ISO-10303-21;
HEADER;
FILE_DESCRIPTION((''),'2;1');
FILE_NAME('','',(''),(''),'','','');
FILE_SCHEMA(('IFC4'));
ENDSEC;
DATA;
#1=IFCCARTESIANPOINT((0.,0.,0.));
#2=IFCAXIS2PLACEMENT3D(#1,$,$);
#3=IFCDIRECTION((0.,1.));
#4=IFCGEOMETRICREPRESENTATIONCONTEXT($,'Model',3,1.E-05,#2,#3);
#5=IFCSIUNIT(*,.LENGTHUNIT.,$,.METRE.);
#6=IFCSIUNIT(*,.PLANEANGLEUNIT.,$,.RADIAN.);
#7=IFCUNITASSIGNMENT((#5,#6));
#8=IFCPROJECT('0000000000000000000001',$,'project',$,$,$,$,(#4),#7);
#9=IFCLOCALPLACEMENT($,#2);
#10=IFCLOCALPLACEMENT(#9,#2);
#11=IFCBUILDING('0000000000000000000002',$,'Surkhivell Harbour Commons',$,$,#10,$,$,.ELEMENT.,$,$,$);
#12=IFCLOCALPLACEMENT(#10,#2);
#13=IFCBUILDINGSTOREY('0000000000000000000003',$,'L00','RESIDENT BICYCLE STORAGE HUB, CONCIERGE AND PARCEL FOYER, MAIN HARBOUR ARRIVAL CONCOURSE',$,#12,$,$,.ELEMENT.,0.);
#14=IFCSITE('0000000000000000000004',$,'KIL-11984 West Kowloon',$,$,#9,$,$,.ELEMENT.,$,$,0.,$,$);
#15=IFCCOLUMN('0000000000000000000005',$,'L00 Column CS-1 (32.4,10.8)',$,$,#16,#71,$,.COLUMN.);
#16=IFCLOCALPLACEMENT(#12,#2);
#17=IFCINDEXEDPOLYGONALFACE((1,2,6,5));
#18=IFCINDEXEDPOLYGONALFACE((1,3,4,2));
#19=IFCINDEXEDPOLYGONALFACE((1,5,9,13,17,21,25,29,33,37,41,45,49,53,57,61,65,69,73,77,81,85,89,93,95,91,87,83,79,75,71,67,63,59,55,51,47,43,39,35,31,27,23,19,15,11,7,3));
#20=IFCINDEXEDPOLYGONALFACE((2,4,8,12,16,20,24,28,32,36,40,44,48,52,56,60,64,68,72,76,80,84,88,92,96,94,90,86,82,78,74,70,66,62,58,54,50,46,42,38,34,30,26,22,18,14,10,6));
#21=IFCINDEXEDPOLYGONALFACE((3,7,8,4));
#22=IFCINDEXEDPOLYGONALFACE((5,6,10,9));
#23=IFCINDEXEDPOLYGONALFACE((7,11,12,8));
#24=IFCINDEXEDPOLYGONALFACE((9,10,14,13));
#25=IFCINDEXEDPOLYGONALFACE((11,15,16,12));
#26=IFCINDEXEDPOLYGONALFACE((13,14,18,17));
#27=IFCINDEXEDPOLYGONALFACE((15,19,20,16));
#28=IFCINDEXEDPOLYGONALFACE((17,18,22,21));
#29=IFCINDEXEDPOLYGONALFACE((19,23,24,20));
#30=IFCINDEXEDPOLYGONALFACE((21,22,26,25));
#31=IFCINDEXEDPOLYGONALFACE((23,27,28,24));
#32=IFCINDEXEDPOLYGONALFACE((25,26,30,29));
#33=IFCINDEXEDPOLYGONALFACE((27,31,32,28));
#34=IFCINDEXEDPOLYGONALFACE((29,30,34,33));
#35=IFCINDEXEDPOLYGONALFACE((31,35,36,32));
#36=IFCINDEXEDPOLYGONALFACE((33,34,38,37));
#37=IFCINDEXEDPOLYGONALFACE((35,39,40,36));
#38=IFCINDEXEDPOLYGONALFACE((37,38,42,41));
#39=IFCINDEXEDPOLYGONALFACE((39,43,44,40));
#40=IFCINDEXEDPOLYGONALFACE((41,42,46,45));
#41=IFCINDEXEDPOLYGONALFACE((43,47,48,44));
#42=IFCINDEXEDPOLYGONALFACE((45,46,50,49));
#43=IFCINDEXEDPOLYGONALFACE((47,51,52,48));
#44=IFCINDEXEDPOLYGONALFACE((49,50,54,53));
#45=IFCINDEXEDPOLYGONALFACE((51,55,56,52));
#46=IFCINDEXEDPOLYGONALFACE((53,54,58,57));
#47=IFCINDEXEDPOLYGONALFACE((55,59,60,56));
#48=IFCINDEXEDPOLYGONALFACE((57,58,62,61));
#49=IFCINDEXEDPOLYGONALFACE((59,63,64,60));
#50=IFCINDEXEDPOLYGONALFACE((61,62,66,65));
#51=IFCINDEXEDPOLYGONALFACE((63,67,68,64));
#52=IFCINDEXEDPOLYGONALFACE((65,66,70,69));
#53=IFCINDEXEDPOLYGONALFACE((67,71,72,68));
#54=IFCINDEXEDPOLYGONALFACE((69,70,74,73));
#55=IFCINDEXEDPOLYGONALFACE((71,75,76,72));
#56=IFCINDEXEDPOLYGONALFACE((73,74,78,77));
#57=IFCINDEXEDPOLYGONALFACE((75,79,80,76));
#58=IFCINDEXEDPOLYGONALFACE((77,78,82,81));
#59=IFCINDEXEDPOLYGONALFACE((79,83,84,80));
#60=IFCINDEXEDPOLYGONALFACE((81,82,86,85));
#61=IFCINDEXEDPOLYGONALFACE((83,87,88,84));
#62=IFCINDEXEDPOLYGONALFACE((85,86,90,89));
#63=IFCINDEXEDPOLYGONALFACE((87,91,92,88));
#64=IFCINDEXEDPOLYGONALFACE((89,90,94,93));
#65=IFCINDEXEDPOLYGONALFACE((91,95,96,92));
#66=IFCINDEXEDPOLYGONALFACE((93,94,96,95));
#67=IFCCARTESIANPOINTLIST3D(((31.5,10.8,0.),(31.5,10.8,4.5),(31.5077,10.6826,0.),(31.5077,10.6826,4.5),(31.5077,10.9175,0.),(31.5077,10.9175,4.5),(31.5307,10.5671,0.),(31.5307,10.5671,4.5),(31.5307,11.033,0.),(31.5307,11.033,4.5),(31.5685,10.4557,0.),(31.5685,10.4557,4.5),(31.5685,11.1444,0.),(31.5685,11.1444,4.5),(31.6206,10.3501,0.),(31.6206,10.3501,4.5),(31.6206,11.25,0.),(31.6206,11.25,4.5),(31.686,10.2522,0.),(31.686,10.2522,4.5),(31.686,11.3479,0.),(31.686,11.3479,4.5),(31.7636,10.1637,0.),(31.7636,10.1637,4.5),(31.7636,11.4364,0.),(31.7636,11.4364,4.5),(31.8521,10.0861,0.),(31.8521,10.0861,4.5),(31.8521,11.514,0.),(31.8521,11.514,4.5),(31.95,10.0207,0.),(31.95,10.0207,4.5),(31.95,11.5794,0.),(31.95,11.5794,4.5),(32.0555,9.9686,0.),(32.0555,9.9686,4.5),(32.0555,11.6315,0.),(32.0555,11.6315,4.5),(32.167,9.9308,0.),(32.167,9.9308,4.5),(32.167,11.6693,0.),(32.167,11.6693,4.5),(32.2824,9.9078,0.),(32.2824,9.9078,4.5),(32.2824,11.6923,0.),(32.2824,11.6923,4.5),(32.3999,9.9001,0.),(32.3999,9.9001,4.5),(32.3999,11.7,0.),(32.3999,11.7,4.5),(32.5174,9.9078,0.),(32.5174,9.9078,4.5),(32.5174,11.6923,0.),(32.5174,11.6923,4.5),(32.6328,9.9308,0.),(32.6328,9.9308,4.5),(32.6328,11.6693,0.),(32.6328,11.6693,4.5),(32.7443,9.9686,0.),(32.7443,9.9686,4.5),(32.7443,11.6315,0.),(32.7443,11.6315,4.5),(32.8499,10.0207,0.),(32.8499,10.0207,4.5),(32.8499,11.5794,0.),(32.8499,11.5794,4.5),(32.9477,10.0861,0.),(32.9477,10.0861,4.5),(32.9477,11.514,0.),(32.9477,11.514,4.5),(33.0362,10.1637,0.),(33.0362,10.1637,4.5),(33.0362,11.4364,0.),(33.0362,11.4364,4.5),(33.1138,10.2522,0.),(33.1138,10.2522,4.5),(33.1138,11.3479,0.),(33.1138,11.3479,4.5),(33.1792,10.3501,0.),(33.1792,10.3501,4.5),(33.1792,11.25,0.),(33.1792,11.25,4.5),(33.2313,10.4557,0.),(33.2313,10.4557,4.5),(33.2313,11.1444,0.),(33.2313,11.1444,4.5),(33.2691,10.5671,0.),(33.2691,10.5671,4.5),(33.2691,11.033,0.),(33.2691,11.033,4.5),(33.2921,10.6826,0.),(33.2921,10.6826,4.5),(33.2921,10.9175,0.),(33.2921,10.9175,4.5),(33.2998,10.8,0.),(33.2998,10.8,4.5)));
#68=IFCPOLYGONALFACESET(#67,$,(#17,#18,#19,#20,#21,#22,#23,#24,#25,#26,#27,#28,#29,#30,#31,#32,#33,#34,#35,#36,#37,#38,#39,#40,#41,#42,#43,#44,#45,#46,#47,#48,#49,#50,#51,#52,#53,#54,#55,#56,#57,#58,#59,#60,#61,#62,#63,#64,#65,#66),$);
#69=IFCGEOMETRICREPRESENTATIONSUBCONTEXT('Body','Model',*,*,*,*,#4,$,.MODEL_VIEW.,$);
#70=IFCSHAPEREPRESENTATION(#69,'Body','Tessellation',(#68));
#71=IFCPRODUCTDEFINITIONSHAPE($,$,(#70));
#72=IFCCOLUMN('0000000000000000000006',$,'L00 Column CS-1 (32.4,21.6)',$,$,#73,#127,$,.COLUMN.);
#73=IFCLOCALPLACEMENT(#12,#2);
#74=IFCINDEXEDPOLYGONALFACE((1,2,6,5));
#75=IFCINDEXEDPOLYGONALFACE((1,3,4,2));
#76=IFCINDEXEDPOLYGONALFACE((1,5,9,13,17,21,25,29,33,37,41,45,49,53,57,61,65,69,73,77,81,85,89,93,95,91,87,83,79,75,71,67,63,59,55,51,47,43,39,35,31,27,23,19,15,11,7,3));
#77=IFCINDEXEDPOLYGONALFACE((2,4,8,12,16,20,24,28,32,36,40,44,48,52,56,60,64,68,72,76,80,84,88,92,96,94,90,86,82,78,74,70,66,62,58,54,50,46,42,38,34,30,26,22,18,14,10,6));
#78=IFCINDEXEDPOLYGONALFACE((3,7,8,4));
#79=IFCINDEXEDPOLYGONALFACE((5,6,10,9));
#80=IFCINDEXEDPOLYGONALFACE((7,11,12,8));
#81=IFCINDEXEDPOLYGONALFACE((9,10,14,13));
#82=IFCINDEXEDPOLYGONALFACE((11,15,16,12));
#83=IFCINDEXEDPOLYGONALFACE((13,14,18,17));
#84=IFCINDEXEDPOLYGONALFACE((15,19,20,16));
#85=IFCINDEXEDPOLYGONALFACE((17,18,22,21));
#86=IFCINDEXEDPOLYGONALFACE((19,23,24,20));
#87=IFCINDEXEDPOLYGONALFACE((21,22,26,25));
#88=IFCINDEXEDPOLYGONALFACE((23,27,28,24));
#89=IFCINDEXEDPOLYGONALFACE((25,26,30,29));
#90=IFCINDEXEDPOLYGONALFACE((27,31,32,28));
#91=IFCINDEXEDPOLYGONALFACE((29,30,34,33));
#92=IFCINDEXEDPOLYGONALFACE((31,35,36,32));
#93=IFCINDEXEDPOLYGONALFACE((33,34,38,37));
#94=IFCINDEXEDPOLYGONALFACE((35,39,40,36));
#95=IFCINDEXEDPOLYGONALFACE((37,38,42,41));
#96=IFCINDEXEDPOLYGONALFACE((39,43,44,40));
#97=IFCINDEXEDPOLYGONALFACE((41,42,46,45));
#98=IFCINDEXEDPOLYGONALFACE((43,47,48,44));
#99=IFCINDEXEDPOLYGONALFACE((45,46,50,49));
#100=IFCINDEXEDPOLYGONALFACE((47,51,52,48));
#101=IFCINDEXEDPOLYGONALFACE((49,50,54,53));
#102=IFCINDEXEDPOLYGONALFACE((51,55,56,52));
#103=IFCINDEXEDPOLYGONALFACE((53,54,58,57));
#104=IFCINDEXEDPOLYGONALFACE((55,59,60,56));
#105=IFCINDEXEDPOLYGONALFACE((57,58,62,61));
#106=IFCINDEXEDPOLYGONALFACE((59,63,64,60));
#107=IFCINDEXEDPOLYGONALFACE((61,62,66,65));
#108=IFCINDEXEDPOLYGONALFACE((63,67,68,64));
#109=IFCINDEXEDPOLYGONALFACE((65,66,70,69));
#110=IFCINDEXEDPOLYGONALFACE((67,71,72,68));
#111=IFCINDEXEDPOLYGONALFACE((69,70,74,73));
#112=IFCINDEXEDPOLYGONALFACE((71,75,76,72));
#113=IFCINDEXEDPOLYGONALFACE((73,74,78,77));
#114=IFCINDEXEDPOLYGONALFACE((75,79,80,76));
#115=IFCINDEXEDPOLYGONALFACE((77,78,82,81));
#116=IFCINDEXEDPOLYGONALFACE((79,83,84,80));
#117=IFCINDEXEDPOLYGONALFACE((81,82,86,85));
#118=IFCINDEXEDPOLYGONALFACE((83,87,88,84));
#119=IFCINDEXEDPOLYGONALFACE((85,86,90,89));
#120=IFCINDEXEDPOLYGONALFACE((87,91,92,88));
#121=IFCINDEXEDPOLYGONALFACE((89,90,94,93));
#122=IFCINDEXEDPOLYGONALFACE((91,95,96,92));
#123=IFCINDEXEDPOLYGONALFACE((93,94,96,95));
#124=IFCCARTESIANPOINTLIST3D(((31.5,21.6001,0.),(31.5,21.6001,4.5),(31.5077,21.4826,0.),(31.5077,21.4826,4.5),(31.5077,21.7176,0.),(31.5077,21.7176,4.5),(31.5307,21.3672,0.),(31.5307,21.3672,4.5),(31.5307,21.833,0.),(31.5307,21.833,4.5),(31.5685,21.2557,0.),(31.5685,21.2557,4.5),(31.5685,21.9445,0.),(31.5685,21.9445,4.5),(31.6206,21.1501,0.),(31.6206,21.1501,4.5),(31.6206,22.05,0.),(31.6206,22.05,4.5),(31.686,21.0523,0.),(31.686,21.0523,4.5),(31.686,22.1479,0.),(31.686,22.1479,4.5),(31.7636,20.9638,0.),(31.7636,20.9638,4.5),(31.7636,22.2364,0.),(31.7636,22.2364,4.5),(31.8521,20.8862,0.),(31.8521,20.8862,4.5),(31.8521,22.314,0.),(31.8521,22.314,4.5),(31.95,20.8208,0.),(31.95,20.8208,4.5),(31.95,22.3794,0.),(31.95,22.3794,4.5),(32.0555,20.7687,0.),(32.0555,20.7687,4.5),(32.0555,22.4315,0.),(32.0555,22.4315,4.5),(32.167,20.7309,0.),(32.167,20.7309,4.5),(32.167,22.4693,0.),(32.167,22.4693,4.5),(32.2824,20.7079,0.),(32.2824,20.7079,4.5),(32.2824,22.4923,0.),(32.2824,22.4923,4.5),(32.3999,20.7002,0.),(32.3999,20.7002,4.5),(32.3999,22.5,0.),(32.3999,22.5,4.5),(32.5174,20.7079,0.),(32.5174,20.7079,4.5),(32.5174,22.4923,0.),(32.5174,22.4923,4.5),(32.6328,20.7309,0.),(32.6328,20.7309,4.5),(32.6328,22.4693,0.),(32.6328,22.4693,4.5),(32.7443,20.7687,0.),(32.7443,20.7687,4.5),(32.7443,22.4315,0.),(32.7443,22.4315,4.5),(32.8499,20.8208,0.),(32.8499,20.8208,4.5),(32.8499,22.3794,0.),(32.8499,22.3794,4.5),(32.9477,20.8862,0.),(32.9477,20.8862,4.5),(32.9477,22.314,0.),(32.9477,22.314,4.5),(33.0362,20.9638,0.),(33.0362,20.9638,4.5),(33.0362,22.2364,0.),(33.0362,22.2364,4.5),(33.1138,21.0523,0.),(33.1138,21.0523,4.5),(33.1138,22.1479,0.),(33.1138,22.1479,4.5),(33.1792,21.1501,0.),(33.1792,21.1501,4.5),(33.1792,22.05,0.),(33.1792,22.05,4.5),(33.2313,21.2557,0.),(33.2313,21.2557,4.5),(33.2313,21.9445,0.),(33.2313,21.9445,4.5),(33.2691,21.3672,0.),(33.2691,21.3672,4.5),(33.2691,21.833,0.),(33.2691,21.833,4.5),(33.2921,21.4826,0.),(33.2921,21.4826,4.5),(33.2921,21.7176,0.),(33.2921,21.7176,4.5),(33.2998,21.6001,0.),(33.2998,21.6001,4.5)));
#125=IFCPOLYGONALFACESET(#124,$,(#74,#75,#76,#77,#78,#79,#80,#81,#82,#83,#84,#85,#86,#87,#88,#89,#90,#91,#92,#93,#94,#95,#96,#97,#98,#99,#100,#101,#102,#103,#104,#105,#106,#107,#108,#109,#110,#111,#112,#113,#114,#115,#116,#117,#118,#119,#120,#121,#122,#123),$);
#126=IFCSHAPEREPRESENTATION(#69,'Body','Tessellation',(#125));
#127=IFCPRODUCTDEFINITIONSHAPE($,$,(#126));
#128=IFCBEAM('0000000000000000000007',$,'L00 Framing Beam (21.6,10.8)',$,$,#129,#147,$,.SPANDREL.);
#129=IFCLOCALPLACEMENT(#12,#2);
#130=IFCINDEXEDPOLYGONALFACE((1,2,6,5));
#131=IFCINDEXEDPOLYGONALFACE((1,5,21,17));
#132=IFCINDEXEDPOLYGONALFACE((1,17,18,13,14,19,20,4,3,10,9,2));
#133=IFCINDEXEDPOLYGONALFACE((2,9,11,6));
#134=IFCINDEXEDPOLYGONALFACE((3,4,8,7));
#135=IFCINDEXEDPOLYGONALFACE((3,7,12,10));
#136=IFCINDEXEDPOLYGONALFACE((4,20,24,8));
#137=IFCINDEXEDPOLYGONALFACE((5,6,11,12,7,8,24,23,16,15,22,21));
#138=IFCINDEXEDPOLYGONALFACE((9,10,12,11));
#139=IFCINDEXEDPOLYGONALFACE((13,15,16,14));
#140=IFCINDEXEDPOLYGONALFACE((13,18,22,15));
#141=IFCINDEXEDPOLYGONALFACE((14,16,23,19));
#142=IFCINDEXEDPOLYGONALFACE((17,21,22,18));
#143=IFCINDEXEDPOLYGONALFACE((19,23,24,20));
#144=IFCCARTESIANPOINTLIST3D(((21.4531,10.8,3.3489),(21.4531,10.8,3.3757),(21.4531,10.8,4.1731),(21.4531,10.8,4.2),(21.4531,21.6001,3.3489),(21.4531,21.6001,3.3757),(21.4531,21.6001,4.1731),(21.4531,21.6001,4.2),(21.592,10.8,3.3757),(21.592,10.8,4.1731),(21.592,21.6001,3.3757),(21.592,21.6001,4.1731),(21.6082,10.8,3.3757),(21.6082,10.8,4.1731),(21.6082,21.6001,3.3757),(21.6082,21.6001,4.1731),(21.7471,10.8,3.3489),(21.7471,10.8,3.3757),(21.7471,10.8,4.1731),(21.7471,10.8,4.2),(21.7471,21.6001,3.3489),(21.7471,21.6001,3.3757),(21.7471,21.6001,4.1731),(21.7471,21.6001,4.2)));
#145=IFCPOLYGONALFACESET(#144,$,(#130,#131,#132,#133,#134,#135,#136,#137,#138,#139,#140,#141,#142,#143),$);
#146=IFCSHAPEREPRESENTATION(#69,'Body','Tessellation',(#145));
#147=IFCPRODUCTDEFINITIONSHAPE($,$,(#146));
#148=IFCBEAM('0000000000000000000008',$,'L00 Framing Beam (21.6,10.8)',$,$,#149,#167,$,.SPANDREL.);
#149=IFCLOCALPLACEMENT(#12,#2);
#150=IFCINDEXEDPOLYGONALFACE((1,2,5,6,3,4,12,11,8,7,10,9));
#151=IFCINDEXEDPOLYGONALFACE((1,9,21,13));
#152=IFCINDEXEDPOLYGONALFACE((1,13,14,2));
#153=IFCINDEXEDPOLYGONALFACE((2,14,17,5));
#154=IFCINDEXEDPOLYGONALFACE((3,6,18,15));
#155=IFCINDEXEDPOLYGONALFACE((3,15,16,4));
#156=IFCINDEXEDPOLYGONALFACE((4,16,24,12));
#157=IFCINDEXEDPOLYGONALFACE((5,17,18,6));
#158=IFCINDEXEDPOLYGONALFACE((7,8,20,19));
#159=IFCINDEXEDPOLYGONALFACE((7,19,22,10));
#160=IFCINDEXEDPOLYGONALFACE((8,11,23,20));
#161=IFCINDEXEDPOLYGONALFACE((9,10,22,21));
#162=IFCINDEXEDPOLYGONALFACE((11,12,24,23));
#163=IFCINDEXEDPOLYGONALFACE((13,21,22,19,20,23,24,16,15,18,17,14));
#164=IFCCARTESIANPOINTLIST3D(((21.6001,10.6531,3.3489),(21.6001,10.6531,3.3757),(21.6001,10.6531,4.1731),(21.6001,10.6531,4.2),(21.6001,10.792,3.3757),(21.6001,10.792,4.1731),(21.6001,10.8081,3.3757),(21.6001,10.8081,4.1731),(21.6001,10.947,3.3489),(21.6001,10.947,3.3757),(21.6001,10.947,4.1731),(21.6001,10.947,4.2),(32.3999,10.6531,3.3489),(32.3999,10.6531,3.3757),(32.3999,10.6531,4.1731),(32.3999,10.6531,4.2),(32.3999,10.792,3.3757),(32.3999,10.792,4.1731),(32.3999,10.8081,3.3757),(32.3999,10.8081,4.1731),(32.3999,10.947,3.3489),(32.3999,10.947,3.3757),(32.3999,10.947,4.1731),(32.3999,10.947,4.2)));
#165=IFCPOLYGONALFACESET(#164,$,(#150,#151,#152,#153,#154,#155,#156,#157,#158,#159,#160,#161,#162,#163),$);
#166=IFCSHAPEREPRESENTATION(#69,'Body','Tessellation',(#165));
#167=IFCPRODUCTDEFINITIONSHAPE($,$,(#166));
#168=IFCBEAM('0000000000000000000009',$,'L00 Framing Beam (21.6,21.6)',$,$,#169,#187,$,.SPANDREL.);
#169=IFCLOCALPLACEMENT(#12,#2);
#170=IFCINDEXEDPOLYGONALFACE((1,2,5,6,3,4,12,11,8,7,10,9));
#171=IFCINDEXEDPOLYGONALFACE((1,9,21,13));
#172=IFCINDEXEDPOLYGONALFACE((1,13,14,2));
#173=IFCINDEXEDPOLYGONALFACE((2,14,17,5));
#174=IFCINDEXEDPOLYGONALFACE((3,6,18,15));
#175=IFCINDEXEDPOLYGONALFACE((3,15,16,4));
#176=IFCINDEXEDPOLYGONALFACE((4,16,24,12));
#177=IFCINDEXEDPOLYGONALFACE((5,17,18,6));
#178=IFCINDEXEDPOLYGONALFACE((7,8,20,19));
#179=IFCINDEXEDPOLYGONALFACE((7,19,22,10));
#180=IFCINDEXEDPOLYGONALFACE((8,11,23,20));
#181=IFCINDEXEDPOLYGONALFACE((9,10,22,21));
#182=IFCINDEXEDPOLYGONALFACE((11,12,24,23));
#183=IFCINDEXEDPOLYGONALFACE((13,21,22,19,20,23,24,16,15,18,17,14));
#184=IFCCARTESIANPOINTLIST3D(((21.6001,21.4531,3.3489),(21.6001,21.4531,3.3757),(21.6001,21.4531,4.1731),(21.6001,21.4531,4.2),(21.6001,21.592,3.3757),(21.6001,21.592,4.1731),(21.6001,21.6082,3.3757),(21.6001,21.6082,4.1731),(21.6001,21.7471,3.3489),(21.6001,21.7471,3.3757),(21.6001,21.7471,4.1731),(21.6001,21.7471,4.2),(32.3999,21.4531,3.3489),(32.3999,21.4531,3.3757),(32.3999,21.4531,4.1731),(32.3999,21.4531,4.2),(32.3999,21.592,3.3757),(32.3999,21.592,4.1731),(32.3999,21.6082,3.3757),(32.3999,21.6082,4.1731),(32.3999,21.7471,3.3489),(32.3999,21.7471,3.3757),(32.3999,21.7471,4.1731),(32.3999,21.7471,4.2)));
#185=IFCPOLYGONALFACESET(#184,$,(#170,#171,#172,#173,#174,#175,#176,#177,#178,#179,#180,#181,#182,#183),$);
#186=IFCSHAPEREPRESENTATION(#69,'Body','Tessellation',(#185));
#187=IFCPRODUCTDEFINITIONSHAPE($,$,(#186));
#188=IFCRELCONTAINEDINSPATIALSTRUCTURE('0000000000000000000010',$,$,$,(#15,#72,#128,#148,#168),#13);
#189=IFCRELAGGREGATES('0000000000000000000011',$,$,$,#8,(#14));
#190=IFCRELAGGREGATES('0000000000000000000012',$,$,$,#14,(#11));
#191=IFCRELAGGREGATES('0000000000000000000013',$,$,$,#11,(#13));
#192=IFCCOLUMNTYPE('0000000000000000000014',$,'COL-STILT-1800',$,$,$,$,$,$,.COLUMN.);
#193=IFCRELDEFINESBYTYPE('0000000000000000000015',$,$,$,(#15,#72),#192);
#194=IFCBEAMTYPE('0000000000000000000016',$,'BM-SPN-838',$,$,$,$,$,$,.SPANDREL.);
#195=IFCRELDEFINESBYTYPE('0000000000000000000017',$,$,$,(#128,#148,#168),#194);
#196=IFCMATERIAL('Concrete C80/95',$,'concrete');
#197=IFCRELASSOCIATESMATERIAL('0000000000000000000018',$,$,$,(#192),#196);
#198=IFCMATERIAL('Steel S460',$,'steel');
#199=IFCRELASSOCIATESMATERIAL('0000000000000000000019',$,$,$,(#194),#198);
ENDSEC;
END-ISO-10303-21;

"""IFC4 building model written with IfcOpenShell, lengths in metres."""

from ifc_helpers import new_model, si_unit, direction, frame, origin, origin_2d, place, context, subcontext, project, spatial, circle, i_section, extrude, material, material_profile, profile_set, type_object, element, save


model = new_model("IFC4")

# Units and contexts
model_context = context("Model", 3, precision=1e-05, world=origin(), true_north=direction((0.0, 1.0)))
body_context = subcontext(model_context, "Body", "Model", "MODEL_VIEW")
ifc_project = project(units=[si_unit("LENGTHUNIT", "METRE"), si_unit("PLANEANGLEUNIT", "RADIAN")], contexts=[model_context])

# Site, building, storey
site_placement = place(None, origin())
site = spatial("IfcSite", under=ifc_project, at=site_placement, Name="KIL-11984 West Kowloon", CompositionType="ELEMENT", RefElevation=0.0)
building_placement = place(site_placement, origin())
building = spatial("IfcBuilding", under=site, at=building_placement, Name="Surkhivell Harbour Commons", CompositionType="ELEMENT")
storey_placement = place(building_placement, origin())
storey = spatial("IfcBuildingStorey", under=building, at=storey_placement, Name="L00", Description="RESIDENT BICYCLE STORAGE HUB, CONCIERGE AND PARCEL FOYER, MAIN HARBOUR ARRIVAL CONCOURSE", CompositionType="ELEMENT", Elevation=0.0)

# Columns
ifc_material_1 = material(Name="Concrete C80/95", Category="concrete")
ifc_material_profile_1 = material_profile(ifc_material_1, circle(Radius=0.8999, at=origin_2d()), Name="RC-CIRC-1800")
ifc_profile_set_1 = profile_set([ifc_material_profile_1], Name="Concrete C80/95")
column_type_1 = type_object("IfcColumnType", Name="COL-STILT-1800", PredefinedType="COLUMN", material=ifc_profile_set_1)
for number, where, z_axis, x_axis, name in (
    (1, (32.3999, 10.8, 0.0), (0.0, 0.0, 1.0), (1.0, 0.0, 0.0), "L00 Column CS-1 (32.4,10.8)"),
    (2, (32.3999, 21.6001, 0.0), (0.0, 0.0, 1.0), (1.0, 0.0, 0.0), "L00 Column CS-1 (32.4,21.6)"),
):
    element("IfcColumn", number, at=place(storey_placement, frame(where, z_axis=z_axis, x_axis=x_axis)), inside=storey, type_object=column_type_1, Name=name, PredefinedType="COLUMN", context=body_context, shape_type="SweptSolid", body=[
        extrude(circle(Radius=0.8999, at=origin_2d()), origin(), (0.0, 0.0, 1.0), 4.5),
    ])

# Beams
ifc_material_2 = material(Name="Steel S460", Category="steel")
ifc_material_profile_2 = material_profile(ifc_material_2, i_section(OverallWidth=0.2939, OverallDepth=0.8511, WebThickness=0.0161, FlangeThickness=0.0269, at=origin_2d()), Name="UB838x292x226")
ifc_profile_set_2 = profile_set([ifc_material_profile_2], Name="Steel S460")
beam_type = type_object("IfcBeamType", Name="BM-SPN-838", PredefinedType="SPANDREL", material=ifc_profile_set_2)
beam_placement = place(storey_placement, frame((21.6001, 10.8, 3.7744), z_axis=(0.0, 1.0, 0.0), x_axis=(-1.0, 0.0, 0.0)))
element("IfcBeam", 3, at=beam_placement, inside=storey, type_object=beam_type, Name="L00 Framing Beam (21.6,10.8)", PredefinedType="SPANDREL", context=body_context, shape_type="SweptSolid", body=[
    extrude(i_section(OverallWidth=0.2939, OverallDepth=0.8511, WebThickness=0.0161, FlangeThickness=0.0269, at=origin_2d()), origin(), (0.0, 0.0, 1.0), 10.8),
])
for number, where, z_axis, x_axis, name in (
    (4, (21.6001, 10.8, 3.7744), (1.0, 0.0, 0.0), (0.0, 1.0, 0.0), "L00 Framing Beam (21.6,10.8)"),
    (5, (21.6001, 21.6001, 3.7744), (1.0, 0.0, 0.0), (0.0, 1.0, 0.0), "L00 Framing Beam (21.6,21.6)"),
):
    element("IfcBeam", number, at=place(storey_placement, frame(where, z_axis=z_axis, x_axis=x_axis)), inside=storey, type_object=beam_type, Name=name, PredefinedType="SPANDREL", context=body_context, shape_type="SweptSolid", body=[
        extrude(i_section(OverallWidth=0.2939, OverallDepth=0.8511, WebThickness=0.0161, FlangeThickness=0.0269, at=origin_2d()), origin(), (0.0, 0.0, 1.0), 10.7998),
    ])

save(model, "model.ifc")
